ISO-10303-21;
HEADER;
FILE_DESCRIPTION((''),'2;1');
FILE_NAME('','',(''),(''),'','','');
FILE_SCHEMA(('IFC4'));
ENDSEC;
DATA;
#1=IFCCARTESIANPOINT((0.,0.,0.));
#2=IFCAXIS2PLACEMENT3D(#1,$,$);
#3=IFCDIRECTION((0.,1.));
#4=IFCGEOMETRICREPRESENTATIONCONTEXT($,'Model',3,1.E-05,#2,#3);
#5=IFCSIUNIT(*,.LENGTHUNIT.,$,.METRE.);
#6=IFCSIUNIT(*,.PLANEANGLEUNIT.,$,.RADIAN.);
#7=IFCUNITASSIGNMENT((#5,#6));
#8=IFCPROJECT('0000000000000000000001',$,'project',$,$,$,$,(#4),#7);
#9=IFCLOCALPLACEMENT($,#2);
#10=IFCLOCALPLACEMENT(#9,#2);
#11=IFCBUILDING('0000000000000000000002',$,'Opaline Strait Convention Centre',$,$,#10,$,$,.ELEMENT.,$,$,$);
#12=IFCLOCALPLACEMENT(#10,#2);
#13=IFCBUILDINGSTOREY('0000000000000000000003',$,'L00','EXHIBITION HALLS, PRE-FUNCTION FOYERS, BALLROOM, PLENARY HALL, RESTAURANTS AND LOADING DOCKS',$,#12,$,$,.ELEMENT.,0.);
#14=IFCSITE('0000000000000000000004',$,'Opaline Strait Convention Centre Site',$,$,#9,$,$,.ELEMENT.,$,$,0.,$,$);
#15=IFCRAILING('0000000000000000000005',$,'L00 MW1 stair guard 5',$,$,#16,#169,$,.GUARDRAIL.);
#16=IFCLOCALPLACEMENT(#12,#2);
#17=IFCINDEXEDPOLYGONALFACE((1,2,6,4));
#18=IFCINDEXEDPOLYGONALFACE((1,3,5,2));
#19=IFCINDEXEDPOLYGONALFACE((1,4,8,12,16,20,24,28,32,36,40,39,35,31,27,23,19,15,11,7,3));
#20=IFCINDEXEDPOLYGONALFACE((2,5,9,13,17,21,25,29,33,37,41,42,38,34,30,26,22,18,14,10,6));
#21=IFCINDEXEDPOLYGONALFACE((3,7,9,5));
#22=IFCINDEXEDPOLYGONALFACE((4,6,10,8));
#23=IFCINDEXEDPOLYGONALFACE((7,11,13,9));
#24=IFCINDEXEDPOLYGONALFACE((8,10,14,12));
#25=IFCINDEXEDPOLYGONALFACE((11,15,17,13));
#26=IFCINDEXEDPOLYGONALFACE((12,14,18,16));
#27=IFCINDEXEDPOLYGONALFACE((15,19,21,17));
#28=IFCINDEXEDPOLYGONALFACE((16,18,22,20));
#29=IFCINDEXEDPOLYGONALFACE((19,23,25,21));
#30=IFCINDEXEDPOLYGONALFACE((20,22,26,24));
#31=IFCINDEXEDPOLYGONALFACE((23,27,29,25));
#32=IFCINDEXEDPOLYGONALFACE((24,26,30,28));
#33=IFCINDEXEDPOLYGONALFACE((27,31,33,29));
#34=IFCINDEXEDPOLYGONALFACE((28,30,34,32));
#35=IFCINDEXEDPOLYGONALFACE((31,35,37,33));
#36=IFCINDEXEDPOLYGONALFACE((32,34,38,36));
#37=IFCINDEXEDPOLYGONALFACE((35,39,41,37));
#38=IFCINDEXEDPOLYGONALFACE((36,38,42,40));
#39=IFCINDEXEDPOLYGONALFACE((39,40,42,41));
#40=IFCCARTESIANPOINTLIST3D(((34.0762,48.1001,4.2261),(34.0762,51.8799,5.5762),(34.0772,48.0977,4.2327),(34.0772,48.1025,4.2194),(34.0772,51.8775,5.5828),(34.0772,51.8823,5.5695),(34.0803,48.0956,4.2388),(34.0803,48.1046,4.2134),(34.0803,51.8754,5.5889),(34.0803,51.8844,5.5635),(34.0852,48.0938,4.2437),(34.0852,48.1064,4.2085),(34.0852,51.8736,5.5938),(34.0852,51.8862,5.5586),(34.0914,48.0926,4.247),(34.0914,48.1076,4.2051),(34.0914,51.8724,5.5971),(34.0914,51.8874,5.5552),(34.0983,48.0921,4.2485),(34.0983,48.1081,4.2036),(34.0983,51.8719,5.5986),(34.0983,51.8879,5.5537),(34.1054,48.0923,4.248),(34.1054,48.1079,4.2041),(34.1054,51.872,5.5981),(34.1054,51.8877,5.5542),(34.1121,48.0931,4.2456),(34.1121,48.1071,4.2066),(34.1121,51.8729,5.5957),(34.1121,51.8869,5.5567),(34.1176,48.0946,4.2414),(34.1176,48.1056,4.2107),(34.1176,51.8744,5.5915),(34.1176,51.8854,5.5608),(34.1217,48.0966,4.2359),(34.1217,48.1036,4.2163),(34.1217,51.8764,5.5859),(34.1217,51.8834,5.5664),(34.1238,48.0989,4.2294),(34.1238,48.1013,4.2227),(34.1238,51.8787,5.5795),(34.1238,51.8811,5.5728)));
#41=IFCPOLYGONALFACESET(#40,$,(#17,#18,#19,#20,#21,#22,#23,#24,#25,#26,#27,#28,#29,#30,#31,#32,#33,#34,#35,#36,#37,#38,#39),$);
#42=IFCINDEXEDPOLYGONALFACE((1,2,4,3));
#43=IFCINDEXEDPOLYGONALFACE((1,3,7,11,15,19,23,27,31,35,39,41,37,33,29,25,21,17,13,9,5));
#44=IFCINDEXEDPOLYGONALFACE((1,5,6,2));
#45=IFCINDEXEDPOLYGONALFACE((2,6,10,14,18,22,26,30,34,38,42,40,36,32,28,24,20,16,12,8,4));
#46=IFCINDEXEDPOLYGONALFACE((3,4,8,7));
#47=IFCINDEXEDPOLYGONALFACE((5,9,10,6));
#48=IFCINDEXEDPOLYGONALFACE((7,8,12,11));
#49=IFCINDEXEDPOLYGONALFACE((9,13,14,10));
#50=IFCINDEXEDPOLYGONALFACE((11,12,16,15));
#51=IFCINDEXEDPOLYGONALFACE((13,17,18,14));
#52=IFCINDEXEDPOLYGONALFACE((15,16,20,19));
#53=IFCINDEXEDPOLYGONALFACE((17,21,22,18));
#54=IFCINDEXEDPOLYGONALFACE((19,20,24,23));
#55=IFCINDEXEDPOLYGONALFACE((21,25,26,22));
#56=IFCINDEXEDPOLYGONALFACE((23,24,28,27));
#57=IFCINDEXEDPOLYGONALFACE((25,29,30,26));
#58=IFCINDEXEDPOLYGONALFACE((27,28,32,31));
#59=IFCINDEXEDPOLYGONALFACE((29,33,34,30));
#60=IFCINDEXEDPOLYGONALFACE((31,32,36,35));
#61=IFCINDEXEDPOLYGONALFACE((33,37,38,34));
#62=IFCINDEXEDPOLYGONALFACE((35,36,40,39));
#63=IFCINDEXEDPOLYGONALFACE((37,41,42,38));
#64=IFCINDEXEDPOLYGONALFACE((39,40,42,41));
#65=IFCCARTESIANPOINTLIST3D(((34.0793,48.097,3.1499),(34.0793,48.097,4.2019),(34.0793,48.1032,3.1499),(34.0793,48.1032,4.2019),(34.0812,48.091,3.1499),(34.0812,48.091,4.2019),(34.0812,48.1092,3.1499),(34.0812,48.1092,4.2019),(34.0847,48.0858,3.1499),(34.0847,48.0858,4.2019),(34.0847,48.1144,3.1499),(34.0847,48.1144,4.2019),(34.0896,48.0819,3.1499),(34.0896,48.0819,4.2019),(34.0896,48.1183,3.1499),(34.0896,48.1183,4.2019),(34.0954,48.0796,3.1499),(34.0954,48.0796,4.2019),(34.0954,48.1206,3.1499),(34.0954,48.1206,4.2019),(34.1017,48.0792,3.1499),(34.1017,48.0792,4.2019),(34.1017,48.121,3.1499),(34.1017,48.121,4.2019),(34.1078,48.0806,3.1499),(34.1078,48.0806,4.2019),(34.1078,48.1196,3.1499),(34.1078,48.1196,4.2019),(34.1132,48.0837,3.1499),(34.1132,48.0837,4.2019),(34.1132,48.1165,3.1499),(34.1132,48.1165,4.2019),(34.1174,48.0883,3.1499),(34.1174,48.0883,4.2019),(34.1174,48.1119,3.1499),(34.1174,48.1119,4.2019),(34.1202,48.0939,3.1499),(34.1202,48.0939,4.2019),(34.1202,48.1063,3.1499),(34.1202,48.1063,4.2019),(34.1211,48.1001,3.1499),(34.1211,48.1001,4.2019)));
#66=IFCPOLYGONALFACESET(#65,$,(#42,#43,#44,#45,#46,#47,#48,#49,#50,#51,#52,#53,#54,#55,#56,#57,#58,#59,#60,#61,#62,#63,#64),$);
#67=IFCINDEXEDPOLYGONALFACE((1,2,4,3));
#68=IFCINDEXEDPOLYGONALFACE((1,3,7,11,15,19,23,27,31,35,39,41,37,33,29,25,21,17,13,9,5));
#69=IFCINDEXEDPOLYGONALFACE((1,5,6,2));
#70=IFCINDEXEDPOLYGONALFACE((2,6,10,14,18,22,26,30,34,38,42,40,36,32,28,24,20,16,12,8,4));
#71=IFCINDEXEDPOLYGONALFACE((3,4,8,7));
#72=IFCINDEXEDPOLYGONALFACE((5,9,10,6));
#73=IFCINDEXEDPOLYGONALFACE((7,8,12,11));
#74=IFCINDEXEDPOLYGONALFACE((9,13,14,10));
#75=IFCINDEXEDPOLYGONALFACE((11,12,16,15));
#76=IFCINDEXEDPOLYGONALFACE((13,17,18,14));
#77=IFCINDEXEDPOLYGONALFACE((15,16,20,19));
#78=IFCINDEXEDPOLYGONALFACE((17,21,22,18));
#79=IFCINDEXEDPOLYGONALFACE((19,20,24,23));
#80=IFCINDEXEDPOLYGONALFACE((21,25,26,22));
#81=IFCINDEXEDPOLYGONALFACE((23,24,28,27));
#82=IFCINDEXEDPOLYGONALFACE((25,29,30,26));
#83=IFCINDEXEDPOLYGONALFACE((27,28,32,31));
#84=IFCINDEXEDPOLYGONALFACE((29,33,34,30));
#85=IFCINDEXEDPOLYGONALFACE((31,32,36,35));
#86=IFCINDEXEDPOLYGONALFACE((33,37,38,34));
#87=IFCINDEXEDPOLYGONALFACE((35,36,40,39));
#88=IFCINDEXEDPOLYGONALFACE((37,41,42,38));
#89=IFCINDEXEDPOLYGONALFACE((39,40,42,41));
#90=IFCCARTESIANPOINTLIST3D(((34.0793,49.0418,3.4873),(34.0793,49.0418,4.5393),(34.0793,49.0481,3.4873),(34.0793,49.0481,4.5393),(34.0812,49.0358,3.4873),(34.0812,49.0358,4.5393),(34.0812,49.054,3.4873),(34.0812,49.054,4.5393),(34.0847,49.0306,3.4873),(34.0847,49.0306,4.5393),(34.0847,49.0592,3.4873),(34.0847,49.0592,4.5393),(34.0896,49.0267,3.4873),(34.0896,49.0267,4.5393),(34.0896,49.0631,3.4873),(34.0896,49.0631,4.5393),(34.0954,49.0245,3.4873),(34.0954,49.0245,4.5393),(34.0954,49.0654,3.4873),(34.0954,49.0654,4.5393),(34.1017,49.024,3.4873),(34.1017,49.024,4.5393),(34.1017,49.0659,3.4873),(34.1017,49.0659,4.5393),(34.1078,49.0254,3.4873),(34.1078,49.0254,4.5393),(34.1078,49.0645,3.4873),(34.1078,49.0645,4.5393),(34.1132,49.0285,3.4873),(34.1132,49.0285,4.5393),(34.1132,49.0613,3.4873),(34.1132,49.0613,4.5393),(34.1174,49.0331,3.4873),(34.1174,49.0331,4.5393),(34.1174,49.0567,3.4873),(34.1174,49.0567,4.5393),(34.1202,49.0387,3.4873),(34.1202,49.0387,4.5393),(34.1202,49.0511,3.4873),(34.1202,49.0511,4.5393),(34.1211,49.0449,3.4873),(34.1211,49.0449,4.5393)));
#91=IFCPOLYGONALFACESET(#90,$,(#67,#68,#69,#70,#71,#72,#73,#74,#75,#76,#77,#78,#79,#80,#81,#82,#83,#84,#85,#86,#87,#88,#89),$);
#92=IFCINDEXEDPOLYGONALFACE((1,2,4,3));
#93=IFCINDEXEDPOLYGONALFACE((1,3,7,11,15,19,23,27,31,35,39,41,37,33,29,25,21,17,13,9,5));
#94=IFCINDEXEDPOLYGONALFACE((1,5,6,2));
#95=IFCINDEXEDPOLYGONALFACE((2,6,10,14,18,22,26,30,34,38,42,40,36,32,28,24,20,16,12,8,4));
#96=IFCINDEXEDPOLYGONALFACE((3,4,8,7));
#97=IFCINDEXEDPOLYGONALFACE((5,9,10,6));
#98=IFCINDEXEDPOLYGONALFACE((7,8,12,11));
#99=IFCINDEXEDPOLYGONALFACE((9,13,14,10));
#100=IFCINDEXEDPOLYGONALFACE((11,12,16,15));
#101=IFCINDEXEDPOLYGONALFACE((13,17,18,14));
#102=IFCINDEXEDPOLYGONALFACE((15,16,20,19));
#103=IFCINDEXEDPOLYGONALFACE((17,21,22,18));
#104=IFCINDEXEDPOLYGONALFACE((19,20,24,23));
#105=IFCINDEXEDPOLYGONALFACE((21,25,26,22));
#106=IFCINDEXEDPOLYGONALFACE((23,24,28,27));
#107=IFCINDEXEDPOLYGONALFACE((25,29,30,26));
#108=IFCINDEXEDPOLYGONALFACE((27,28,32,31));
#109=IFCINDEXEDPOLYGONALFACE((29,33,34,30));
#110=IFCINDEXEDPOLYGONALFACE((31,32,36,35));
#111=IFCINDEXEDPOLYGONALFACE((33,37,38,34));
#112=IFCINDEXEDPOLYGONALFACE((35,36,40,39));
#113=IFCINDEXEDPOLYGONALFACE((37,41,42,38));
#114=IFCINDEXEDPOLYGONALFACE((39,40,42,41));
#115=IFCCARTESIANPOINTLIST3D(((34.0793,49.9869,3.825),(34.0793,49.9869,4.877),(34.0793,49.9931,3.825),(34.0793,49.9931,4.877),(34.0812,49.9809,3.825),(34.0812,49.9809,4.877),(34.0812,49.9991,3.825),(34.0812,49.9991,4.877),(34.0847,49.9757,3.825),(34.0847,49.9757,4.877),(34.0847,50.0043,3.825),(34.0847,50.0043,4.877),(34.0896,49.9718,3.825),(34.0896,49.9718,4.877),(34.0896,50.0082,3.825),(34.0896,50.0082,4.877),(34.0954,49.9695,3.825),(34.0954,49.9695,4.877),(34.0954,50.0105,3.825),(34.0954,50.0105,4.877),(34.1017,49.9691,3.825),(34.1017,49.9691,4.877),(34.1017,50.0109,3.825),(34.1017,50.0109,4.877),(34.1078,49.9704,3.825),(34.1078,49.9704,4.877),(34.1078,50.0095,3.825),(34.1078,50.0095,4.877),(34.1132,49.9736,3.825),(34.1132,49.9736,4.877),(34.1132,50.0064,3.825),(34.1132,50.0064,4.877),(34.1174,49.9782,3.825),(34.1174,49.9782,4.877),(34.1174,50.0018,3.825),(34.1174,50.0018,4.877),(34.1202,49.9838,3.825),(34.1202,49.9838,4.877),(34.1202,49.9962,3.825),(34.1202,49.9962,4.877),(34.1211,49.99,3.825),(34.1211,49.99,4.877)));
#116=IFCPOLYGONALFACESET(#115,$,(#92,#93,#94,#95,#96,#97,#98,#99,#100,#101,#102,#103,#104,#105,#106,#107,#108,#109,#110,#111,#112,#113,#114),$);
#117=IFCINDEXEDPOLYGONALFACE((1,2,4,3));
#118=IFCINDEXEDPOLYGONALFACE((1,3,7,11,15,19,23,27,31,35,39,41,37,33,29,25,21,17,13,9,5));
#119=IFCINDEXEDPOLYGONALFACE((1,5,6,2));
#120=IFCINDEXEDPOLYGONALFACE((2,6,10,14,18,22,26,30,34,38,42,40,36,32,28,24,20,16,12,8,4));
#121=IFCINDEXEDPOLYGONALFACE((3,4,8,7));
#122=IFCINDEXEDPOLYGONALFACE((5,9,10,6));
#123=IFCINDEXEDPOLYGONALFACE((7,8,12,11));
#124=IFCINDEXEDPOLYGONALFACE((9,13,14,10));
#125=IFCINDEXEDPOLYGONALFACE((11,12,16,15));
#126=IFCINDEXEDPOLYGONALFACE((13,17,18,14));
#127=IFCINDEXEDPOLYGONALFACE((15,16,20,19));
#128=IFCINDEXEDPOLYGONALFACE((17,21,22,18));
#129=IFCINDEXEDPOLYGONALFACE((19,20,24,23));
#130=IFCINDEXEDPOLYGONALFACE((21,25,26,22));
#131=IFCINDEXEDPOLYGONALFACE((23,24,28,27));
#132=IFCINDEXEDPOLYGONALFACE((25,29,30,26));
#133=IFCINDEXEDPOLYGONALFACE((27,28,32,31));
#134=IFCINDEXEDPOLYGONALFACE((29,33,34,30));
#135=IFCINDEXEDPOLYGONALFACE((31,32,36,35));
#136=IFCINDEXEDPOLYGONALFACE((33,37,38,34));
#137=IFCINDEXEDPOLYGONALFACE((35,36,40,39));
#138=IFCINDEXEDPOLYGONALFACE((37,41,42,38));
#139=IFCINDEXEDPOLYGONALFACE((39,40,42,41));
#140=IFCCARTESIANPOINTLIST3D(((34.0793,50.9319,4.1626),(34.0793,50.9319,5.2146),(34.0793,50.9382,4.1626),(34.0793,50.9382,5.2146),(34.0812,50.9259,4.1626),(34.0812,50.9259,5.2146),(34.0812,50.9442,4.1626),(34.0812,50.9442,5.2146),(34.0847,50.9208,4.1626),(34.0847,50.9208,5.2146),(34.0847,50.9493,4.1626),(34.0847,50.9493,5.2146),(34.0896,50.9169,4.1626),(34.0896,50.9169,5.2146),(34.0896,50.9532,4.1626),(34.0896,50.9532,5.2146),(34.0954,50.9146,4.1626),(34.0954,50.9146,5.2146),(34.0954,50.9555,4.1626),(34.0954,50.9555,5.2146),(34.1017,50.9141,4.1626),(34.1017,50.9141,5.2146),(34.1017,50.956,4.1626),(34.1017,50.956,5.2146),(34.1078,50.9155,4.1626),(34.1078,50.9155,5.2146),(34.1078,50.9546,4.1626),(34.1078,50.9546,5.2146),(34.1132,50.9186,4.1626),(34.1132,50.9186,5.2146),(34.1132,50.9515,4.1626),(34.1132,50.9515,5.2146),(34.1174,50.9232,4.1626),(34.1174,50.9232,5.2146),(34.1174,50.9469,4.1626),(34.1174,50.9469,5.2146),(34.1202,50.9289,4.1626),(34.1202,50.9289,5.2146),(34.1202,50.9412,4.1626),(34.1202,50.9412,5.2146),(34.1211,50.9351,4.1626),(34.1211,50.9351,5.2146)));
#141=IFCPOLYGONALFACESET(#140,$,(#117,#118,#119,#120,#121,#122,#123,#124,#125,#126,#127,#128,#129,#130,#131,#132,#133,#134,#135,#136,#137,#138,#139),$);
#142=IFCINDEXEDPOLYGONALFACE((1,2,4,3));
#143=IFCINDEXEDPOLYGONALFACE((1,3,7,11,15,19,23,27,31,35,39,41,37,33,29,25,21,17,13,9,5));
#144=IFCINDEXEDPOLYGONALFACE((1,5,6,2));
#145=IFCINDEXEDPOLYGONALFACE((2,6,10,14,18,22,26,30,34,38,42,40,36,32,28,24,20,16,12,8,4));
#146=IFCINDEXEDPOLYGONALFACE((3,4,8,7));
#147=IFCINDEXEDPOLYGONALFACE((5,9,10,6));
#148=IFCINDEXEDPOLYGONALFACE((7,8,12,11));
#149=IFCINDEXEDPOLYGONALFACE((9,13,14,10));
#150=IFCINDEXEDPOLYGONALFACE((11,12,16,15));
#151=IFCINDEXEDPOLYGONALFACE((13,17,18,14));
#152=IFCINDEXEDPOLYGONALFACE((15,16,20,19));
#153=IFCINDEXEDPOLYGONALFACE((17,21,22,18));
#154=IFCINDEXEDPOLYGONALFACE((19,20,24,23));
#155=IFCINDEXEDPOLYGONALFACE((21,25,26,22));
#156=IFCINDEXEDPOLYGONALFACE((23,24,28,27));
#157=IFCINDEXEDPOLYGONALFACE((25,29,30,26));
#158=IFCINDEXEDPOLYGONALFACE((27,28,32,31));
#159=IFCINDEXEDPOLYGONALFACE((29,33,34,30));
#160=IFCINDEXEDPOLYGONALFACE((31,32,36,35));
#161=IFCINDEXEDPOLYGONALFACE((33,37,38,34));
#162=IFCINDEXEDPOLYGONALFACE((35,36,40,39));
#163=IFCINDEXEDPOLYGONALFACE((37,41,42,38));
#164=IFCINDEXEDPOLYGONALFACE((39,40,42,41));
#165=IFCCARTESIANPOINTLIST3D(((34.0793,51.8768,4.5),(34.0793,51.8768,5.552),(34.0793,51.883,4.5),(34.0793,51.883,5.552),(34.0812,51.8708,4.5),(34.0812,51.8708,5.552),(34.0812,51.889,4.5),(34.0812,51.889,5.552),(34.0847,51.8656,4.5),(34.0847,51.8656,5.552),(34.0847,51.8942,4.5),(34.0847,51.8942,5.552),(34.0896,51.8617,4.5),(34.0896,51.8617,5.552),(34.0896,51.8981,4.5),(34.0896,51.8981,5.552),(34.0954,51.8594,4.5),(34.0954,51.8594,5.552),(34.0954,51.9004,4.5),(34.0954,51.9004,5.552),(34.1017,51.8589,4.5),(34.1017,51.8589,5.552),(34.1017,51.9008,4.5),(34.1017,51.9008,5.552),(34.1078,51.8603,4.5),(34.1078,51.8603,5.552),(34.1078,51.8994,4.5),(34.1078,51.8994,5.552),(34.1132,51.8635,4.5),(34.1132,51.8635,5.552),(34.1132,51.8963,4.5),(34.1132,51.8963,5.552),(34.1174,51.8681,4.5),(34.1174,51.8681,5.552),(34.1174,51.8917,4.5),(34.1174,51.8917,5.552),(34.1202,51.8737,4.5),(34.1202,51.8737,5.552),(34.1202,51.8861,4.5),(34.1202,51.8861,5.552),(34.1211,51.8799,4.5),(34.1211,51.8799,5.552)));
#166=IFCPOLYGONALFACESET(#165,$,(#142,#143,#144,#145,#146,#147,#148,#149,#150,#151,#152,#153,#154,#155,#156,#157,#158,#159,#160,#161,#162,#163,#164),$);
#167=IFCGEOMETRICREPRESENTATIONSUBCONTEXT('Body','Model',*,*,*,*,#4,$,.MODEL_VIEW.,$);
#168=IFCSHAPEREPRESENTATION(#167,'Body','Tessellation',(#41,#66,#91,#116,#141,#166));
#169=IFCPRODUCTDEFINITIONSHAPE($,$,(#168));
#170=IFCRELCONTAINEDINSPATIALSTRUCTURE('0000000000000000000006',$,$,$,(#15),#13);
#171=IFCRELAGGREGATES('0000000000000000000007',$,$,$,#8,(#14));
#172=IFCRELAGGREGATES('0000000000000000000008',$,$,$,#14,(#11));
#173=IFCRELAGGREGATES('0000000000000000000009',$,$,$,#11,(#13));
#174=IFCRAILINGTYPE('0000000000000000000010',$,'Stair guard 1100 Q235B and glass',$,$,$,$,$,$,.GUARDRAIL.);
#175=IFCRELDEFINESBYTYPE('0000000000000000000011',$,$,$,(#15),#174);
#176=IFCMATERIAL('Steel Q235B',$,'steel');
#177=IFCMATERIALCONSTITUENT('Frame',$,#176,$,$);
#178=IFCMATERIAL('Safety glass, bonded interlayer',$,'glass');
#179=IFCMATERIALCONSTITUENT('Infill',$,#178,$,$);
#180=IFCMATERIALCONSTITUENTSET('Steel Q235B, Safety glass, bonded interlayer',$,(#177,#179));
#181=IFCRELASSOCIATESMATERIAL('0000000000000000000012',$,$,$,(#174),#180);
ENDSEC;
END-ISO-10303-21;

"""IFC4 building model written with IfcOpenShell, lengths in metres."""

from ifc_helpers import new_model, si_unit, direction, frame, origin, origin_2d, place, context, subcontext, project, spatial, circle, extrude, material, constituent, constituent_set, type_object, element, save


model = new_model("IFC4")

# Units and contexts
model_context = context("Model", 3, precision=1e-05, world=origin(), true_north=direction((0.0, 1.0)))
body_context = subcontext(model_context, "Body", "Model", "MODEL_VIEW")
ifc_project = project(units=[si_unit("LENGTHUNIT", "METRE"), si_unit("PLANEANGLEUNIT", "RADIAN")], contexts=[model_context])

# Site, building, storey
site_placement = place(None, origin())
site = spatial("IfcSite", under=ifc_project, at=site_placement, Name="Opaline Strait Convention Centre Site", CompositionType="ELEMENT", RefElevation=0.0)
building_placement = place(site_placement, origin())
building = spatial("IfcBuilding", under=site, at=building_placement, Name="Opaline Strait Convention Centre", CompositionType="ELEMENT")
storey_placement = place(building_placement, origin())
storey = spatial("IfcBuildingStorey", under=building, at=storey_placement, Name="L00", Description="EXHIBITION HALLS, PRE-FUNCTION FOYERS, BALLROOM, PLENARY HALL, RESTAURANTS AND LOADING DOCKS", CompositionType="ELEMENT", Elevation=0.0)

# Railing
ifc_material_1 = material(Name="Steel Q235B", Category="steel")
ifc_constituent_1 = constituent(ifc_material_1, Name="Frame")
ifc_material_2 = material(Name="Safety glass, bonded interlayer", Category="glass")
ifc_constituent_2 = constituent(ifc_material_2, Name="Infill")
ifc_constituent_set = constituent_set(constituents=[ifc_constituent_1, ifc_constituent_2], Name="Steel Q235B, Safety glass, bonded interlayer")
railing_type_1 = type_object("IfcRailingType", Name="Stair guard 1100 Q235B and glass", PredefinedType="GUARDRAIL", material=ifc_constituent_set)
railing_1_placement = place(storey_placement, frame((34.1001, 48.1001, 3.1499)))
element("IfcRailing", 1, at=railing_1_placement, inside=storey, type_object=railing_type_1, Name="L00 MW1 stair guard 5", PredefinedType="GUARDRAIL", context=body_context, shape_type="SweptSolid", body=[
    extrude(circle(Radius=0.0239, at=origin_2d()), frame((0.0, 0.0, 1.0762), z_axis=(0.0, 0.941728, 0.336375), x_axis=(-1.0, 0.0, 0.0)), (0.0, 0.0, 1.0), 4.0137),
    extrude(circle(Radius=0.021, at=origin_2d()), origin(), (0.0, 0.0, 1.0), 1.052),
    extrude(circle(Radius=0.021, at=origin_2d()), frame((0.0, 0.9448, 0.3374)), (0.0, 0.0, 1.0), 1.052),
    extrude(circle(Radius=0.021, at=origin_2d()), frame((0.0, 1.8899, 0.675)), (0.0, 0.0, 1.0), 1.052),
    extrude(circle(Radius=0.021, at=origin_2d()), frame((0.0, 2.835, 1.0127)), (0.0, 0.0, 1.0), 1.052),
    extrude(circle(Radius=0.021, at=origin_2d()), frame((0.0, 3.7798, 1.3501)), (0.0, 0.0, 1.0), 1.052),
])

save(model, "model.ifc")
